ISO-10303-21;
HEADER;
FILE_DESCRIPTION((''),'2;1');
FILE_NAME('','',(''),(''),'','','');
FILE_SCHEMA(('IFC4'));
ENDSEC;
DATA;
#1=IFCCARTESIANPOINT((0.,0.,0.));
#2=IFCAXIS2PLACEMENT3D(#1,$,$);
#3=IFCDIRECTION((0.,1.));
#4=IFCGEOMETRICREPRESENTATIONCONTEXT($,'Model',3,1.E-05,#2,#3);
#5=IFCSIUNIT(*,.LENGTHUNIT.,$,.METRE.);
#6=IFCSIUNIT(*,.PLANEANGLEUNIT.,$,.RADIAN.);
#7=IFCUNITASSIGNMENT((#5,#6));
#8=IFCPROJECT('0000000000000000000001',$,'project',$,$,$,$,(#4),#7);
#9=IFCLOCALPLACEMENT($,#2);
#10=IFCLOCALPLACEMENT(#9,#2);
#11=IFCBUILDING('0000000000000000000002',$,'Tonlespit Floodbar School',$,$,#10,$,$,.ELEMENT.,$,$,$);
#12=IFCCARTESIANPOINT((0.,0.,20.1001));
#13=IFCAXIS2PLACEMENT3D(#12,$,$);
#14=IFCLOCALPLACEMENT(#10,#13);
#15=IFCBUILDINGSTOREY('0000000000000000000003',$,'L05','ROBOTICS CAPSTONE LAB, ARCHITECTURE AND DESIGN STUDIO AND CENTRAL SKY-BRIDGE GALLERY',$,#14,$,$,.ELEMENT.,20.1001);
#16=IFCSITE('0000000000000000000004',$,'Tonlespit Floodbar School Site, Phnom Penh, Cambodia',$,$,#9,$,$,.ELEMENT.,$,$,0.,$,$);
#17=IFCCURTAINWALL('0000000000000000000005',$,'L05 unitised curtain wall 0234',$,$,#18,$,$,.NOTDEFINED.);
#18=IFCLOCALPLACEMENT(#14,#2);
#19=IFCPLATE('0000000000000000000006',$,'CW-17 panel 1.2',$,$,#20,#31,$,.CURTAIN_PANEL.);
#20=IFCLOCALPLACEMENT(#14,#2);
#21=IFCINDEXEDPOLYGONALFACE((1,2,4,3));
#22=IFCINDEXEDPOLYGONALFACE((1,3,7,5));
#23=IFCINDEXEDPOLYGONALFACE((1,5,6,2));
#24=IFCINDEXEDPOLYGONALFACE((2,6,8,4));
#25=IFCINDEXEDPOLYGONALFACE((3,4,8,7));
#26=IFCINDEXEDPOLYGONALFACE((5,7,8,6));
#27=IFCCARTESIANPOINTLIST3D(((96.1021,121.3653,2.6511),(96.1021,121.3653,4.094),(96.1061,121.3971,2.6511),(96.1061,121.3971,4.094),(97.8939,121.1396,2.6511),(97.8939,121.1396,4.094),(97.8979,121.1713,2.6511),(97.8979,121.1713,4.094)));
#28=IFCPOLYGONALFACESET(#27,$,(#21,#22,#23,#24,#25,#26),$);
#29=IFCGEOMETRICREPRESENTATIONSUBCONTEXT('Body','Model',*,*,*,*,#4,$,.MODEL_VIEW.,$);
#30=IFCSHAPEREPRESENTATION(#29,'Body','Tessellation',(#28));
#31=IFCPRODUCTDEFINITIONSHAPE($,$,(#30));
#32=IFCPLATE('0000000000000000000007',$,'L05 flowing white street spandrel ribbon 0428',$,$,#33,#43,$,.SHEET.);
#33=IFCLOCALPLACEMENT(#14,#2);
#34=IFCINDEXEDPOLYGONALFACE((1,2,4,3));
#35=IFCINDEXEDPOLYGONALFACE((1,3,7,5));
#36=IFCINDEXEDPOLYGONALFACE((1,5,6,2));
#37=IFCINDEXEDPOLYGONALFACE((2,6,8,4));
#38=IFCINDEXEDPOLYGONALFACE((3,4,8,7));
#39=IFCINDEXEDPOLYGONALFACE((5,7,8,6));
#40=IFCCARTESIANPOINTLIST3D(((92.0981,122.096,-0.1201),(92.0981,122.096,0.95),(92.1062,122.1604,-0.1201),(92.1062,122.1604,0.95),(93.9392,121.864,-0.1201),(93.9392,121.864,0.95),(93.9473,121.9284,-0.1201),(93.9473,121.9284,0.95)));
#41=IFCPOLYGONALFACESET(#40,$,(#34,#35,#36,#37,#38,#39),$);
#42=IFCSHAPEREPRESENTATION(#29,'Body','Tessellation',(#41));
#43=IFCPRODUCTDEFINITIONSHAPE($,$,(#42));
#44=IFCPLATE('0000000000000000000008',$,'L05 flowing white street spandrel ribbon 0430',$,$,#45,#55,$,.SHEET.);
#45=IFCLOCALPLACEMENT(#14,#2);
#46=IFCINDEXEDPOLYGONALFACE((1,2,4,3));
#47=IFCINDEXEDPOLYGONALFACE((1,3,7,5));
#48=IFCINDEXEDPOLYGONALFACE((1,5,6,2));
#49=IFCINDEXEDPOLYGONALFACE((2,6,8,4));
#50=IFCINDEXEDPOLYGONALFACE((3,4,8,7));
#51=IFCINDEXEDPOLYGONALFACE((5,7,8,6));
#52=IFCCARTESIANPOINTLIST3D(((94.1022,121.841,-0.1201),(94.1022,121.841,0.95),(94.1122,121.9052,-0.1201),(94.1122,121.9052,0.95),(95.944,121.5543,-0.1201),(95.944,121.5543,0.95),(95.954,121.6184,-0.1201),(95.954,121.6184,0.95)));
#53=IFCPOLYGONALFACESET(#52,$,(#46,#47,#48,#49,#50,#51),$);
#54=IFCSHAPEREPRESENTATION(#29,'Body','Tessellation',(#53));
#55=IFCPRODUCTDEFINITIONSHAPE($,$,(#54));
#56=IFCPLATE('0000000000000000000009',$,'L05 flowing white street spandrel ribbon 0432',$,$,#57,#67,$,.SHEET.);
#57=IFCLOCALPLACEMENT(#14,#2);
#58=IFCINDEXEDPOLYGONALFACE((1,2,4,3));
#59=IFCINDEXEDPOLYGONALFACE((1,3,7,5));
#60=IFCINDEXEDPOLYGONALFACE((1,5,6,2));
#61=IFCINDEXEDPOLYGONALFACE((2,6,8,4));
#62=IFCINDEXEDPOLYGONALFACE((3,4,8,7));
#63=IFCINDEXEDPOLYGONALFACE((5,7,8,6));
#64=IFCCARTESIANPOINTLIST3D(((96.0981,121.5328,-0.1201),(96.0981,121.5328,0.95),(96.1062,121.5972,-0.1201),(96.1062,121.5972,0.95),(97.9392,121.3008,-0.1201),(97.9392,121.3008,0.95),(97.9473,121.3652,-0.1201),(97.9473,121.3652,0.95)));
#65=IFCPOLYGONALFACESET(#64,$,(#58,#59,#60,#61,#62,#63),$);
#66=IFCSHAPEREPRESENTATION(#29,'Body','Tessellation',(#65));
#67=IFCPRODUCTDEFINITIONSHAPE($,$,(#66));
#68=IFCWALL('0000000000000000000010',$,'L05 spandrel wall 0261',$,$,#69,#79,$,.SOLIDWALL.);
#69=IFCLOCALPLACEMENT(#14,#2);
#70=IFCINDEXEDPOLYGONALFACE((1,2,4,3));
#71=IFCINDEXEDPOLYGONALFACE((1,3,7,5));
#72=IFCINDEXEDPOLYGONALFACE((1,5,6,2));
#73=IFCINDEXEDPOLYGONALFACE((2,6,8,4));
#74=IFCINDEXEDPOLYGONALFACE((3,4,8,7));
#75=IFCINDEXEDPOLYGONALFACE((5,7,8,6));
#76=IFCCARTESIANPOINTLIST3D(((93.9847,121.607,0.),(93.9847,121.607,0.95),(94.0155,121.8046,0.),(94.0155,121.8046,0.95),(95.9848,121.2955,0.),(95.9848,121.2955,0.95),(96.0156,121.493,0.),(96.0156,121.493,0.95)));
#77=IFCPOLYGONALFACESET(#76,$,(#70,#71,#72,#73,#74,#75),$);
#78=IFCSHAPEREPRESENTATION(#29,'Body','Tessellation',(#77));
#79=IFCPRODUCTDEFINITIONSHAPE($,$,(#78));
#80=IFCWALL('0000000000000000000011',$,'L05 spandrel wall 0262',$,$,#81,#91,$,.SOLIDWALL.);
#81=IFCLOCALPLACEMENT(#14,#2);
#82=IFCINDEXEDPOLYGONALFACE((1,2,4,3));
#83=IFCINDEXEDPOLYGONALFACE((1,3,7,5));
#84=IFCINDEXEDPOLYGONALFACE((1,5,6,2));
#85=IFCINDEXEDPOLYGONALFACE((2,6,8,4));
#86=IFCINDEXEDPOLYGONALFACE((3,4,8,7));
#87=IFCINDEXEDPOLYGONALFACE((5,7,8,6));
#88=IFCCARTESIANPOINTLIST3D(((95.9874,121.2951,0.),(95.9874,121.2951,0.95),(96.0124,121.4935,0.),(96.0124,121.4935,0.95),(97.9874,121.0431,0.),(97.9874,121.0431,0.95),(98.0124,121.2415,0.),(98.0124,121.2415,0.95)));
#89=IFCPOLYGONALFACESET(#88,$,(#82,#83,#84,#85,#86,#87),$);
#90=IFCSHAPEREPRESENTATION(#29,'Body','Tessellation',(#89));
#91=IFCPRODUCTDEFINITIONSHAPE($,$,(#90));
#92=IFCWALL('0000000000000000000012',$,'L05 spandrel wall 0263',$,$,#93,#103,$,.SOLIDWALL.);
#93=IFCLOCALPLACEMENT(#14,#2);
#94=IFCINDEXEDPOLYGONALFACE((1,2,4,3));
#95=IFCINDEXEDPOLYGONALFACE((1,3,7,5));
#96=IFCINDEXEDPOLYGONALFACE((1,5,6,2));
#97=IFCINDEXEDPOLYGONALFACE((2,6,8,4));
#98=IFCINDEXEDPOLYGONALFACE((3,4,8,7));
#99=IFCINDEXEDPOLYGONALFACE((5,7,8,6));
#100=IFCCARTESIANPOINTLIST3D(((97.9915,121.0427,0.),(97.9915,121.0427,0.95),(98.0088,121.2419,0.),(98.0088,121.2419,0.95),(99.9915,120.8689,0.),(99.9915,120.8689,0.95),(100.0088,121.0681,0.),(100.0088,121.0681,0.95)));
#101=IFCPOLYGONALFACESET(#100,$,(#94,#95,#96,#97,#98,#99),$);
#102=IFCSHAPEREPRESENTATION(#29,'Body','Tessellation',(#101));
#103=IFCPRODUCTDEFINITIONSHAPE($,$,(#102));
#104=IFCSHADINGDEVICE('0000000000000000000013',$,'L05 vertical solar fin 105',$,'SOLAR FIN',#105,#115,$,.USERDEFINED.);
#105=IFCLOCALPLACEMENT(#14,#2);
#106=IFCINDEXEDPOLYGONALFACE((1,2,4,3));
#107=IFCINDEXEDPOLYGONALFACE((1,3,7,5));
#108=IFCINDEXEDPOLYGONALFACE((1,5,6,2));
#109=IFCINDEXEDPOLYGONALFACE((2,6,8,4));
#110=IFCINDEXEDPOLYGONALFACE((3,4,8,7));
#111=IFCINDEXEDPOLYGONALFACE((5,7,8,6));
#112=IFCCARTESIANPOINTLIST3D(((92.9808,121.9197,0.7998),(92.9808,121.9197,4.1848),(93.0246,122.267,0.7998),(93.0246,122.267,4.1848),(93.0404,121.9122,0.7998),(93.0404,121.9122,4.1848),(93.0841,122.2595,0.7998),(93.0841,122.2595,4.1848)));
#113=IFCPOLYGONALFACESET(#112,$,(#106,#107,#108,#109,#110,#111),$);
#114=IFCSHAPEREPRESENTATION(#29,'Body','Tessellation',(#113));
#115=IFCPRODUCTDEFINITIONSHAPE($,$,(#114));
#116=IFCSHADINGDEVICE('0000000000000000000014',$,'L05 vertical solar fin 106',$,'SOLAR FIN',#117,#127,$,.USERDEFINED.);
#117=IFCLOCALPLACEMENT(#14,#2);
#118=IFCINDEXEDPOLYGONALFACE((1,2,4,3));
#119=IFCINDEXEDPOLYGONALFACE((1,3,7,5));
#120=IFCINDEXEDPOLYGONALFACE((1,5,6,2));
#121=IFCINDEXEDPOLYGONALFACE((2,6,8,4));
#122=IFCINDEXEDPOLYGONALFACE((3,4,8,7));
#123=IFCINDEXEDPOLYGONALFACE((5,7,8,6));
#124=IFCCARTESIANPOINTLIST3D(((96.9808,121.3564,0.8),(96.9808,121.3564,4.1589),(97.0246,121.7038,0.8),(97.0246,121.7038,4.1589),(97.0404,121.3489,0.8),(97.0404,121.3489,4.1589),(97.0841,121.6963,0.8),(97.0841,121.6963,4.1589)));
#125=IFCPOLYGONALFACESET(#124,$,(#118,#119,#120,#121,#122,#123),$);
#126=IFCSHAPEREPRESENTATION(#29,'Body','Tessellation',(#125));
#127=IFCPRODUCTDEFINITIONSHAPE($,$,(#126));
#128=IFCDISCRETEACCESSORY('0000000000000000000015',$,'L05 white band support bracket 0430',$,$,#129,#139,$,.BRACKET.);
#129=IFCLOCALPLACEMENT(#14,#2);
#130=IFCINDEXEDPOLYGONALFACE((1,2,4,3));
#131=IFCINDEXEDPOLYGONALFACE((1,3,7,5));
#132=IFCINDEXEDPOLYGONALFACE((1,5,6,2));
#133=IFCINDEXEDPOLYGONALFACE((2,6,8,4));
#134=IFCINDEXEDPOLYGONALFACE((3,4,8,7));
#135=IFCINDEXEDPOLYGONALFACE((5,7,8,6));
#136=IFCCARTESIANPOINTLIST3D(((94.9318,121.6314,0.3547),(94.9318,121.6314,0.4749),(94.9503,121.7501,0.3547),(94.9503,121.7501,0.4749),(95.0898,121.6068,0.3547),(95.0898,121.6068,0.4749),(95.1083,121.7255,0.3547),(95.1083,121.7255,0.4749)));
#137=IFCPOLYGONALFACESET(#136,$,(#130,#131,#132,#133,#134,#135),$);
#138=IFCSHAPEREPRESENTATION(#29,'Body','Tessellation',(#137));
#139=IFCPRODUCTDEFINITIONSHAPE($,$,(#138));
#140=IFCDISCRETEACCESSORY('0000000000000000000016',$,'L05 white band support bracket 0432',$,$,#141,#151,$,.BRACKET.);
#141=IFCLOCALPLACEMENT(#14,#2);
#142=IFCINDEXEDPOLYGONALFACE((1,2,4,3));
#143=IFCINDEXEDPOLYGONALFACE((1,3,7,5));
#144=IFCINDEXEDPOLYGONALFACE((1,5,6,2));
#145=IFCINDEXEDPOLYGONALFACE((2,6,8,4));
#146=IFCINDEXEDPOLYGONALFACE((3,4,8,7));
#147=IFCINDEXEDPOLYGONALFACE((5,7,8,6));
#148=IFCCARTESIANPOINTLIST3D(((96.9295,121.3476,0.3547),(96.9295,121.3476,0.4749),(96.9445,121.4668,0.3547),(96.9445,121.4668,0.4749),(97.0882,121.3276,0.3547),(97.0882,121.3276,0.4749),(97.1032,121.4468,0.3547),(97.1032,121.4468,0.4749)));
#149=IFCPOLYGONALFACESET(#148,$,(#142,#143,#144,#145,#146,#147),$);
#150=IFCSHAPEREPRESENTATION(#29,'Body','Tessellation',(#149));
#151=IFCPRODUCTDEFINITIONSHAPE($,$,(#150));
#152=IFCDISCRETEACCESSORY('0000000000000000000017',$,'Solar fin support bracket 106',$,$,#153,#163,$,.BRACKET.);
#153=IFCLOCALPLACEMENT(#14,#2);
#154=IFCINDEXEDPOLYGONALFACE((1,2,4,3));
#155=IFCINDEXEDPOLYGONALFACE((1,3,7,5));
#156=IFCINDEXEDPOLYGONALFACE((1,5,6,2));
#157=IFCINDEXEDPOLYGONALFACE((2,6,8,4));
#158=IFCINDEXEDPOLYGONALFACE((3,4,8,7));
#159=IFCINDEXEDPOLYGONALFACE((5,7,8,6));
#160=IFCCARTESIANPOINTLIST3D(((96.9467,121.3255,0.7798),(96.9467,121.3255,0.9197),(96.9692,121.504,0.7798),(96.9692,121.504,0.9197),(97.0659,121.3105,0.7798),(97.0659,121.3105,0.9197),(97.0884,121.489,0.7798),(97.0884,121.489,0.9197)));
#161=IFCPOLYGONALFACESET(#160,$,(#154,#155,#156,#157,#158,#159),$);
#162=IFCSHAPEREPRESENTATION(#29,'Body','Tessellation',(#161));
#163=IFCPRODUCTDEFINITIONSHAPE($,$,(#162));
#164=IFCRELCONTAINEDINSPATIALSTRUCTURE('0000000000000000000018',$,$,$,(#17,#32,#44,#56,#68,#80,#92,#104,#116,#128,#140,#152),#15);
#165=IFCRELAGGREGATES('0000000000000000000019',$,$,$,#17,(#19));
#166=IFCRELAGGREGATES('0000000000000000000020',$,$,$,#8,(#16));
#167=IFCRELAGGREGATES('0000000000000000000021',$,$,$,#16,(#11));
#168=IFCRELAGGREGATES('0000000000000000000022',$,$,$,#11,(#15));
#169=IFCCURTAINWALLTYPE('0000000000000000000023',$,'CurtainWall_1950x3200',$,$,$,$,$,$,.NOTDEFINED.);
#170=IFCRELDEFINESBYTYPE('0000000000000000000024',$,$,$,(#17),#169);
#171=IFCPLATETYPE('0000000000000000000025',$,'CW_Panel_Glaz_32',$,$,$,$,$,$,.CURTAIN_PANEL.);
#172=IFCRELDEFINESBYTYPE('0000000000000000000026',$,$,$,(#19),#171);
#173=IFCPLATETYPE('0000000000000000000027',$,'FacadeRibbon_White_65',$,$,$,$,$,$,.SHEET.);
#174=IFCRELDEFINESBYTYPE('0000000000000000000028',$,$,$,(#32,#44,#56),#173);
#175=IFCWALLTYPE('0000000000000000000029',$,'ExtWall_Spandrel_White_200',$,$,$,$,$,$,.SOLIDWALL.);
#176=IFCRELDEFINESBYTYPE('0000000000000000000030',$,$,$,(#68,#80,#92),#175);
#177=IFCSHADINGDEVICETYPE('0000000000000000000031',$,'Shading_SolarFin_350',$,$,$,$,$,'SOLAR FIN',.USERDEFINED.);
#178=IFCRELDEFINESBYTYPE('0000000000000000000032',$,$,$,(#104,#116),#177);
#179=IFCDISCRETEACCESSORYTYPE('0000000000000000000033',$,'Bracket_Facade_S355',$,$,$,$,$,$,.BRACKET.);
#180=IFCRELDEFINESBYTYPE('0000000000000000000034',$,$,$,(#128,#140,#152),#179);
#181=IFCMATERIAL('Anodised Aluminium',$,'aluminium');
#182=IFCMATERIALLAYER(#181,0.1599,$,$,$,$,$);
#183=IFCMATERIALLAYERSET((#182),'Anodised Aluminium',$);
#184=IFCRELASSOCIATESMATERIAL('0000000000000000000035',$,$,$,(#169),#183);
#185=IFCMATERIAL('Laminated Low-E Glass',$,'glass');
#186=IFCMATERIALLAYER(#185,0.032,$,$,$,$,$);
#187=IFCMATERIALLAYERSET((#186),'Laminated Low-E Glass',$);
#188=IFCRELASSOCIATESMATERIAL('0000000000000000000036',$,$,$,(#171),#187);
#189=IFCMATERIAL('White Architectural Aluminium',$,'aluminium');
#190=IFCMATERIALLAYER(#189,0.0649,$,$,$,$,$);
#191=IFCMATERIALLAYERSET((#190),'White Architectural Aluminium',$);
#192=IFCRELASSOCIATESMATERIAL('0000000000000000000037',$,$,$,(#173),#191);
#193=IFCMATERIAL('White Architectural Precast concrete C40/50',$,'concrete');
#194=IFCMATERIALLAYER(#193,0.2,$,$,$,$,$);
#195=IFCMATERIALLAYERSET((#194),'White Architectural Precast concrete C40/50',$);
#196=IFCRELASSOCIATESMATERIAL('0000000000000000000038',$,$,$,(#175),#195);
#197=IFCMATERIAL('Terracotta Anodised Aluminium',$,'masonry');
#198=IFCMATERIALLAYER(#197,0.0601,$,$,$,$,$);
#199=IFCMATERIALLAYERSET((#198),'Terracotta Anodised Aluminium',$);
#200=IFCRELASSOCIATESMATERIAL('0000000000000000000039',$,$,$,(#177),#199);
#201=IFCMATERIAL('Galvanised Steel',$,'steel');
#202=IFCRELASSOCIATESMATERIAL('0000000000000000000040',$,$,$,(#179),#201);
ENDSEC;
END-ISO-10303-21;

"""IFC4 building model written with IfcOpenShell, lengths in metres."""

from ifc_helpers import new_model, si_unit, direction, frame, frame_2d, origin, origin_2d, place, context, subcontext, project, spatial, rectangle, extrude, material, layer, layer_set, type_object, element, aggregate, save


model = new_model("IFC4")

# Units and contexts
model_context = context("Model", 3, precision=1e-05, world=origin(), true_north=direction((0.0, 1.0)))
body_context = subcontext(model_context, "Body", "Model", "MODEL_VIEW")
ifc_project = project(units=[si_unit("LENGTHUNIT", "METRE"), si_unit("PLANEANGLEUNIT", "RADIAN")], contexts=[model_context])

# Site, building, storey
site_placement = place(None, origin())
site = spatial("IfcSite", under=ifc_project, at=site_placement, Name="Tonlespit Floodbar School Site, Phnom Penh, Cambodia", CompositionType="ELEMENT", RefElevation=0.0)
building_placement = place(site_placement, origin())
building = spatial("IfcBuilding", under=site, at=building_placement, Name="Tonlespit Floodbar School", CompositionType="ELEMENT")
storey_placement = place(building_placement, frame((0.0, 0.0, 20.1001)))
storey = spatial("IfcBuildingStorey", under=building, at=storey_placement, Name="L05", Description="ROBOTICS CAPSTONE LAB, ARCHITECTURE AND DESIGN STUDIO AND CENTRAL SKY-BRIDGE GALLERY", CompositionType="ELEMENT", Elevation=20.1001)

# Shared definitions
ifc_material_1 = material(Name="Anodised Aluminium", Category="aluminium")

# Curtain wall
ifc_layer_1 = layer(ifc_material_1, 0.1599)
ifc_layer_set_1 = layer_set([ifc_layer_1], Name="Anodised Aluminium")
curtain_wall_type_1 = type_object("IfcCurtainWallType", Name="CurtainWall_1950x3200", PredefinedType="NOTDEFINED", material=ifc_layer_set_1)
curtain_wall_1_placement = place(storey_placement, origin())
curtain_wall_1 = element("IfcCurtainWall", 1, at=curtain_wall_1_placement, inside=storey, type_object=curtain_wall_type_1, Name="L05 unitised curtain wall 0234", PredefinedType="NOTDEFINED")

# Plate
ifc_material_2 = material(Name="Laminated Low-E Glass", Category="glass")
ifc_layer_2 = layer(ifc_material_2, 0.032)
ifc_layer_set_2 = layer_set([ifc_layer_2], Name="Laminated Low-E Glass")
plate_type_1 = type_object("IfcPlateType", Name="CW_Panel_Glaz_32", PredefinedType="CURTAIN_PANEL", material=ifc_layer_set_2)
plate_1_placement = place(storey_placement, frame((97.0, 121.2683, 2.6511), z_axis=(0.0, 0.0, 1.0), x_axis=(0.992155, -0.125014, 0.0)))
plate_1 = element("IfcPlate", 2, at=plate_1_placement, type_object=plate_type_1, Name="CW-17 panel 1.2", PredefinedType="CURTAIN_PANEL", context=body_context, shape_type="SweptSolid", body=[
    extrude(rectangle(XDim=1.8059, YDim=0.032, at=origin_2d()), origin(), (0.0, 0.0, 1.0), 1.4429),
])
aggregate(curtain_wall_1, [plate_1])

# Plates
ifc_material_3 = material(Name="White Architectural Aluminium", Category="aluminium")
ifc_layer_3 = layer(ifc_material_3, 0.0649)
ifc_layer_set_3 = layer_set([ifc_layer_3], Name="White Architectural Aluminium")
plate_type_2 = type_object("IfcPlateType", Name="FacadeRibbon_White_65", PredefinedType="SHEET", material=ifc_layer_set_3)
plate_2_placement = place(storey_placement, frame((93.0227, 122.0122, -0.1201), z_axis=(0.0, 0.0, 1.0), x_axis=(0.992155, -0.125011, 0.0)))
element("IfcPlate", 3, at=plate_2_placement, inside=storey, type_object=plate_type_2, Name="L05 flowing white street spandrel ribbon 0428", PredefinedType="SHEET", context=body_context, shape_type="SweptSolid", body=[
    extrude(rectangle(XDim=1.8557, YDim=0.0649, at=origin_2d()), origin(), (0.0, 0.0, 1.0), 1.0701),
])
plate_3_placement = place(storey_placement, frame((95.0281, 121.7297, -0.1201), z_axis=(0.0, 0.0, 1.0), x_axis=(0.988095, -0.153846, 0.0)))
element("IfcPlate", 4, at=plate_3_placement, inside=storey, type_object=plate_type_2, Name="L05 flowing white street spandrel ribbon 0430", PredefinedType="SHEET", context=body_context, shape_type="SweptSolid", body=[
    extrude(rectangle(XDim=1.864, YDim=0.0649, at=origin_2d()), origin(), (0.0, 0.0, 1.0), 1.0701),
])
plate_4_placement = place(storey_placement, frame((97.0227, 121.449, -0.1201), z_axis=(0.0, 0.0, 1.0), x_axis=(0.992155, -0.125011, 0.0)))
element("IfcPlate", 5, at=plate_4_placement, inside=storey, type_object=plate_type_2, Name="L05 flowing white street spandrel ribbon 0432", PredefinedType="SHEET", context=body_context, shape_type="SweptSolid", body=[
    extrude(rectangle(XDim=1.8557, YDim=0.0649, at=origin_2d()), origin(), (0.0, 0.0, 1.0), 1.0701),
])

# Walls
ifc_material_4 = material(Name="White Architectural Precast concrete C40/50", Category="concrete")
ifc_layer_4 = layer(ifc_material_4, 0.2)
ifc_layer_set_4 = layer_set([ifc_layer_4], Name="White Architectural Precast concrete C40/50")
wall_type = type_object("IfcWallType", Name="ExtWall_Spandrel_White_200", PredefinedType="SOLIDWALL", material=ifc_layer_set_4)
wall_1_placement = place(storey_placement, frame((94.0, 121.7058, 0.0), z_axis=(0.0, 0.0, 1.0), x_axis=(0.988086, -0.153906, 0.0)))
element("IfcWall", 6, at=wall_1_placement, inside=storey, type_object=wall_type, Name="L05 spandrel wall 0261", PredefinedType="SOLIDWALL", context=body_context, shape_type="SweptSolid", body=[
    extrude(rectangle(XDim=2.0242, YDim=0.2, at=frame_2d((1.0122, 0.0))), origin(), (0.0, 0.0, 1.0), 0.95),
])
wall_2_placement = place(storey_placement, frame((96.0, 121.3943, 0.0), z_axis=(0.0, 0.0, 1.0), x_axis=(0.992158, -0.124989, 0.0)))
element("IfcWall", 7, at=wall_2_placement, inside=storey, type_object=wall_type, Name="L05 spandrel wall 0262", PredefinedType="SOLIDWALL", context=body_context, shape_type="SweptSolid", body=[
    extrude(rectangle(XDim=2.0159, YDim=0.2, at=frame_2d((1.0078, 0.0))), origin(), (0.0, 0.0, 1.0), 0.95),
])
wall_3_placement = place(storey_placement, frame((98.0, 121.1423, 0.0), z_axis=(0.0, 0.0, 1.0), x_axis=(0.996244, -0.086588, 0.0)))
element("IfcWall", 8, at=wall_3_placement, inside=storey, type_object=wall_type, Name="L05 spandrel wall 0263", PredefinedType="SOLIDWALL", context=body_context, shape_type="SweptSolid", body=[
    extrude(rectangle(XDim=2.0076, YDim=0.2, at=frame_2d((1.0039, 0.0))), origin(), (0.0, 0.0, 1.0), 0.95),
])

# Shading devices
ifc_material_5 = material(Name="Terracotta Anodised Aluminium", Category="masonry")
ifc_layer_5 = layer(ifc_material_5, 0.0601)
ifc_layer_set_5 = layer_set([ifc_layer_5], Name="Terracotta Anodised Aluminium")
shading_device_type = type_object("IfcShadingDeviceType", Name="Shading_SolarFin_350", ElementType="SOLAR FIN", PredefinedType="USERDEFINED", material=ifc_layer_set_5)
shading_device_1_placement = place(storey_placement, frame((93.0325, 122.0896, 0.7998), z_axis=(0.0, 0.0, 1.0), x_axis=(0.992155, -0.125011, 0.0)))
element("IfcShadingDevice", 9, at=shading_device_1_placement, inside=storey, type_object=shading_device_type, Name="L05 vertical solar fin 105", ObjectType="SOLAR FIN", PredefinedType="USERDEFINED", context=body_context, shape_type="SweptSolid", body=[
    extrude(rectangle(XDim=0.0601, YDim=0.3501, at=origin_2d()), origin(), (0.0, 0.0, 1.0), 3.385),
])
shading_device_2_placement = place(storey_placement, frame((97.0325, 121.5264, 0.8), z_axis=(0.0, 0.0, 1.0), x_axis=(0.992155, -0.125011, 0.0)))
element("IfcShadingDevice", 10, at=shading_device_2_placement, inside=storey, type_object=shading_device_type, Name="L05 vertical solar fin 106", ObjectType="SOLAR FIN", PredefinedType="USERDEFINED", context=body_context, shape_type="SweptSolid", body=[
    extrude(rectangle(XDim=0.0601, YDim=0.3501, at=origin_2d()), origin(), (0.0, 0.0, 1.0), 3.3589),
])

# Discrete accessories
ifc_material_6 = material(Name="Galvanised Steel", Category="steel")
discrete_accessory_type = type_object("IfcDiscreteAccessoryType", Name="Bracket_Facade_S355", PredefinedType="BRACKET", material=ifc_material_6)
for number, where, z_axis, x_axis, name in (
    (11, (95.02, 121.6785, 0.3547), (0.0, 0.0, 1.0), (0.988095, -0.153846, 0.0), "L05 white band support bracket 0430"),
    (12, (97.0164, 121.3972, 0.3547), (0.0, 0.0, 1.0), (0.992155, -0.125011, 0.0), "L05 white band support bracket 0432"),
):
    element("IfcDiscreteAccessory", number, at=place(storey_placement, frame(where, z_axis=z_axis, x_axis=x_axis)), inside=storey, type_object=discrete_accessory_type, Name=name, PredefinedType="BRACKET", context=body_context, shape_type="SweptSolid", body=[
        extrude(rectangle(XDim=0.1599, YDim=0.1201, at=origin_2d()), origin(), (0.0, 0.0, 1.0), 0.1201),
    ])
discrete_accessory_placement = place(storey_placement, frame((97.0176, 121.4072, 0.7798), z_axis=(0.0, 0.0, 1.0), x_axis=(0.992155, -0.125011, 0.0)))
element("IfcDiscreteAccessory", 13, at=discrete_accessory_placement, inside=storey, type_object=discrete_accessory_type, Name="Solar fin support bracket 106", PredefinedType="BRACKET", context=body_context, shape_type="SweptSolid", body=[
    extrude(rectangle(XDim=0.1201, YDim=0.1799, at=origin_2d()), origin(), (0.0, 0.0, 1.0), 0.1399),
])

save(model, "model.ifc")
